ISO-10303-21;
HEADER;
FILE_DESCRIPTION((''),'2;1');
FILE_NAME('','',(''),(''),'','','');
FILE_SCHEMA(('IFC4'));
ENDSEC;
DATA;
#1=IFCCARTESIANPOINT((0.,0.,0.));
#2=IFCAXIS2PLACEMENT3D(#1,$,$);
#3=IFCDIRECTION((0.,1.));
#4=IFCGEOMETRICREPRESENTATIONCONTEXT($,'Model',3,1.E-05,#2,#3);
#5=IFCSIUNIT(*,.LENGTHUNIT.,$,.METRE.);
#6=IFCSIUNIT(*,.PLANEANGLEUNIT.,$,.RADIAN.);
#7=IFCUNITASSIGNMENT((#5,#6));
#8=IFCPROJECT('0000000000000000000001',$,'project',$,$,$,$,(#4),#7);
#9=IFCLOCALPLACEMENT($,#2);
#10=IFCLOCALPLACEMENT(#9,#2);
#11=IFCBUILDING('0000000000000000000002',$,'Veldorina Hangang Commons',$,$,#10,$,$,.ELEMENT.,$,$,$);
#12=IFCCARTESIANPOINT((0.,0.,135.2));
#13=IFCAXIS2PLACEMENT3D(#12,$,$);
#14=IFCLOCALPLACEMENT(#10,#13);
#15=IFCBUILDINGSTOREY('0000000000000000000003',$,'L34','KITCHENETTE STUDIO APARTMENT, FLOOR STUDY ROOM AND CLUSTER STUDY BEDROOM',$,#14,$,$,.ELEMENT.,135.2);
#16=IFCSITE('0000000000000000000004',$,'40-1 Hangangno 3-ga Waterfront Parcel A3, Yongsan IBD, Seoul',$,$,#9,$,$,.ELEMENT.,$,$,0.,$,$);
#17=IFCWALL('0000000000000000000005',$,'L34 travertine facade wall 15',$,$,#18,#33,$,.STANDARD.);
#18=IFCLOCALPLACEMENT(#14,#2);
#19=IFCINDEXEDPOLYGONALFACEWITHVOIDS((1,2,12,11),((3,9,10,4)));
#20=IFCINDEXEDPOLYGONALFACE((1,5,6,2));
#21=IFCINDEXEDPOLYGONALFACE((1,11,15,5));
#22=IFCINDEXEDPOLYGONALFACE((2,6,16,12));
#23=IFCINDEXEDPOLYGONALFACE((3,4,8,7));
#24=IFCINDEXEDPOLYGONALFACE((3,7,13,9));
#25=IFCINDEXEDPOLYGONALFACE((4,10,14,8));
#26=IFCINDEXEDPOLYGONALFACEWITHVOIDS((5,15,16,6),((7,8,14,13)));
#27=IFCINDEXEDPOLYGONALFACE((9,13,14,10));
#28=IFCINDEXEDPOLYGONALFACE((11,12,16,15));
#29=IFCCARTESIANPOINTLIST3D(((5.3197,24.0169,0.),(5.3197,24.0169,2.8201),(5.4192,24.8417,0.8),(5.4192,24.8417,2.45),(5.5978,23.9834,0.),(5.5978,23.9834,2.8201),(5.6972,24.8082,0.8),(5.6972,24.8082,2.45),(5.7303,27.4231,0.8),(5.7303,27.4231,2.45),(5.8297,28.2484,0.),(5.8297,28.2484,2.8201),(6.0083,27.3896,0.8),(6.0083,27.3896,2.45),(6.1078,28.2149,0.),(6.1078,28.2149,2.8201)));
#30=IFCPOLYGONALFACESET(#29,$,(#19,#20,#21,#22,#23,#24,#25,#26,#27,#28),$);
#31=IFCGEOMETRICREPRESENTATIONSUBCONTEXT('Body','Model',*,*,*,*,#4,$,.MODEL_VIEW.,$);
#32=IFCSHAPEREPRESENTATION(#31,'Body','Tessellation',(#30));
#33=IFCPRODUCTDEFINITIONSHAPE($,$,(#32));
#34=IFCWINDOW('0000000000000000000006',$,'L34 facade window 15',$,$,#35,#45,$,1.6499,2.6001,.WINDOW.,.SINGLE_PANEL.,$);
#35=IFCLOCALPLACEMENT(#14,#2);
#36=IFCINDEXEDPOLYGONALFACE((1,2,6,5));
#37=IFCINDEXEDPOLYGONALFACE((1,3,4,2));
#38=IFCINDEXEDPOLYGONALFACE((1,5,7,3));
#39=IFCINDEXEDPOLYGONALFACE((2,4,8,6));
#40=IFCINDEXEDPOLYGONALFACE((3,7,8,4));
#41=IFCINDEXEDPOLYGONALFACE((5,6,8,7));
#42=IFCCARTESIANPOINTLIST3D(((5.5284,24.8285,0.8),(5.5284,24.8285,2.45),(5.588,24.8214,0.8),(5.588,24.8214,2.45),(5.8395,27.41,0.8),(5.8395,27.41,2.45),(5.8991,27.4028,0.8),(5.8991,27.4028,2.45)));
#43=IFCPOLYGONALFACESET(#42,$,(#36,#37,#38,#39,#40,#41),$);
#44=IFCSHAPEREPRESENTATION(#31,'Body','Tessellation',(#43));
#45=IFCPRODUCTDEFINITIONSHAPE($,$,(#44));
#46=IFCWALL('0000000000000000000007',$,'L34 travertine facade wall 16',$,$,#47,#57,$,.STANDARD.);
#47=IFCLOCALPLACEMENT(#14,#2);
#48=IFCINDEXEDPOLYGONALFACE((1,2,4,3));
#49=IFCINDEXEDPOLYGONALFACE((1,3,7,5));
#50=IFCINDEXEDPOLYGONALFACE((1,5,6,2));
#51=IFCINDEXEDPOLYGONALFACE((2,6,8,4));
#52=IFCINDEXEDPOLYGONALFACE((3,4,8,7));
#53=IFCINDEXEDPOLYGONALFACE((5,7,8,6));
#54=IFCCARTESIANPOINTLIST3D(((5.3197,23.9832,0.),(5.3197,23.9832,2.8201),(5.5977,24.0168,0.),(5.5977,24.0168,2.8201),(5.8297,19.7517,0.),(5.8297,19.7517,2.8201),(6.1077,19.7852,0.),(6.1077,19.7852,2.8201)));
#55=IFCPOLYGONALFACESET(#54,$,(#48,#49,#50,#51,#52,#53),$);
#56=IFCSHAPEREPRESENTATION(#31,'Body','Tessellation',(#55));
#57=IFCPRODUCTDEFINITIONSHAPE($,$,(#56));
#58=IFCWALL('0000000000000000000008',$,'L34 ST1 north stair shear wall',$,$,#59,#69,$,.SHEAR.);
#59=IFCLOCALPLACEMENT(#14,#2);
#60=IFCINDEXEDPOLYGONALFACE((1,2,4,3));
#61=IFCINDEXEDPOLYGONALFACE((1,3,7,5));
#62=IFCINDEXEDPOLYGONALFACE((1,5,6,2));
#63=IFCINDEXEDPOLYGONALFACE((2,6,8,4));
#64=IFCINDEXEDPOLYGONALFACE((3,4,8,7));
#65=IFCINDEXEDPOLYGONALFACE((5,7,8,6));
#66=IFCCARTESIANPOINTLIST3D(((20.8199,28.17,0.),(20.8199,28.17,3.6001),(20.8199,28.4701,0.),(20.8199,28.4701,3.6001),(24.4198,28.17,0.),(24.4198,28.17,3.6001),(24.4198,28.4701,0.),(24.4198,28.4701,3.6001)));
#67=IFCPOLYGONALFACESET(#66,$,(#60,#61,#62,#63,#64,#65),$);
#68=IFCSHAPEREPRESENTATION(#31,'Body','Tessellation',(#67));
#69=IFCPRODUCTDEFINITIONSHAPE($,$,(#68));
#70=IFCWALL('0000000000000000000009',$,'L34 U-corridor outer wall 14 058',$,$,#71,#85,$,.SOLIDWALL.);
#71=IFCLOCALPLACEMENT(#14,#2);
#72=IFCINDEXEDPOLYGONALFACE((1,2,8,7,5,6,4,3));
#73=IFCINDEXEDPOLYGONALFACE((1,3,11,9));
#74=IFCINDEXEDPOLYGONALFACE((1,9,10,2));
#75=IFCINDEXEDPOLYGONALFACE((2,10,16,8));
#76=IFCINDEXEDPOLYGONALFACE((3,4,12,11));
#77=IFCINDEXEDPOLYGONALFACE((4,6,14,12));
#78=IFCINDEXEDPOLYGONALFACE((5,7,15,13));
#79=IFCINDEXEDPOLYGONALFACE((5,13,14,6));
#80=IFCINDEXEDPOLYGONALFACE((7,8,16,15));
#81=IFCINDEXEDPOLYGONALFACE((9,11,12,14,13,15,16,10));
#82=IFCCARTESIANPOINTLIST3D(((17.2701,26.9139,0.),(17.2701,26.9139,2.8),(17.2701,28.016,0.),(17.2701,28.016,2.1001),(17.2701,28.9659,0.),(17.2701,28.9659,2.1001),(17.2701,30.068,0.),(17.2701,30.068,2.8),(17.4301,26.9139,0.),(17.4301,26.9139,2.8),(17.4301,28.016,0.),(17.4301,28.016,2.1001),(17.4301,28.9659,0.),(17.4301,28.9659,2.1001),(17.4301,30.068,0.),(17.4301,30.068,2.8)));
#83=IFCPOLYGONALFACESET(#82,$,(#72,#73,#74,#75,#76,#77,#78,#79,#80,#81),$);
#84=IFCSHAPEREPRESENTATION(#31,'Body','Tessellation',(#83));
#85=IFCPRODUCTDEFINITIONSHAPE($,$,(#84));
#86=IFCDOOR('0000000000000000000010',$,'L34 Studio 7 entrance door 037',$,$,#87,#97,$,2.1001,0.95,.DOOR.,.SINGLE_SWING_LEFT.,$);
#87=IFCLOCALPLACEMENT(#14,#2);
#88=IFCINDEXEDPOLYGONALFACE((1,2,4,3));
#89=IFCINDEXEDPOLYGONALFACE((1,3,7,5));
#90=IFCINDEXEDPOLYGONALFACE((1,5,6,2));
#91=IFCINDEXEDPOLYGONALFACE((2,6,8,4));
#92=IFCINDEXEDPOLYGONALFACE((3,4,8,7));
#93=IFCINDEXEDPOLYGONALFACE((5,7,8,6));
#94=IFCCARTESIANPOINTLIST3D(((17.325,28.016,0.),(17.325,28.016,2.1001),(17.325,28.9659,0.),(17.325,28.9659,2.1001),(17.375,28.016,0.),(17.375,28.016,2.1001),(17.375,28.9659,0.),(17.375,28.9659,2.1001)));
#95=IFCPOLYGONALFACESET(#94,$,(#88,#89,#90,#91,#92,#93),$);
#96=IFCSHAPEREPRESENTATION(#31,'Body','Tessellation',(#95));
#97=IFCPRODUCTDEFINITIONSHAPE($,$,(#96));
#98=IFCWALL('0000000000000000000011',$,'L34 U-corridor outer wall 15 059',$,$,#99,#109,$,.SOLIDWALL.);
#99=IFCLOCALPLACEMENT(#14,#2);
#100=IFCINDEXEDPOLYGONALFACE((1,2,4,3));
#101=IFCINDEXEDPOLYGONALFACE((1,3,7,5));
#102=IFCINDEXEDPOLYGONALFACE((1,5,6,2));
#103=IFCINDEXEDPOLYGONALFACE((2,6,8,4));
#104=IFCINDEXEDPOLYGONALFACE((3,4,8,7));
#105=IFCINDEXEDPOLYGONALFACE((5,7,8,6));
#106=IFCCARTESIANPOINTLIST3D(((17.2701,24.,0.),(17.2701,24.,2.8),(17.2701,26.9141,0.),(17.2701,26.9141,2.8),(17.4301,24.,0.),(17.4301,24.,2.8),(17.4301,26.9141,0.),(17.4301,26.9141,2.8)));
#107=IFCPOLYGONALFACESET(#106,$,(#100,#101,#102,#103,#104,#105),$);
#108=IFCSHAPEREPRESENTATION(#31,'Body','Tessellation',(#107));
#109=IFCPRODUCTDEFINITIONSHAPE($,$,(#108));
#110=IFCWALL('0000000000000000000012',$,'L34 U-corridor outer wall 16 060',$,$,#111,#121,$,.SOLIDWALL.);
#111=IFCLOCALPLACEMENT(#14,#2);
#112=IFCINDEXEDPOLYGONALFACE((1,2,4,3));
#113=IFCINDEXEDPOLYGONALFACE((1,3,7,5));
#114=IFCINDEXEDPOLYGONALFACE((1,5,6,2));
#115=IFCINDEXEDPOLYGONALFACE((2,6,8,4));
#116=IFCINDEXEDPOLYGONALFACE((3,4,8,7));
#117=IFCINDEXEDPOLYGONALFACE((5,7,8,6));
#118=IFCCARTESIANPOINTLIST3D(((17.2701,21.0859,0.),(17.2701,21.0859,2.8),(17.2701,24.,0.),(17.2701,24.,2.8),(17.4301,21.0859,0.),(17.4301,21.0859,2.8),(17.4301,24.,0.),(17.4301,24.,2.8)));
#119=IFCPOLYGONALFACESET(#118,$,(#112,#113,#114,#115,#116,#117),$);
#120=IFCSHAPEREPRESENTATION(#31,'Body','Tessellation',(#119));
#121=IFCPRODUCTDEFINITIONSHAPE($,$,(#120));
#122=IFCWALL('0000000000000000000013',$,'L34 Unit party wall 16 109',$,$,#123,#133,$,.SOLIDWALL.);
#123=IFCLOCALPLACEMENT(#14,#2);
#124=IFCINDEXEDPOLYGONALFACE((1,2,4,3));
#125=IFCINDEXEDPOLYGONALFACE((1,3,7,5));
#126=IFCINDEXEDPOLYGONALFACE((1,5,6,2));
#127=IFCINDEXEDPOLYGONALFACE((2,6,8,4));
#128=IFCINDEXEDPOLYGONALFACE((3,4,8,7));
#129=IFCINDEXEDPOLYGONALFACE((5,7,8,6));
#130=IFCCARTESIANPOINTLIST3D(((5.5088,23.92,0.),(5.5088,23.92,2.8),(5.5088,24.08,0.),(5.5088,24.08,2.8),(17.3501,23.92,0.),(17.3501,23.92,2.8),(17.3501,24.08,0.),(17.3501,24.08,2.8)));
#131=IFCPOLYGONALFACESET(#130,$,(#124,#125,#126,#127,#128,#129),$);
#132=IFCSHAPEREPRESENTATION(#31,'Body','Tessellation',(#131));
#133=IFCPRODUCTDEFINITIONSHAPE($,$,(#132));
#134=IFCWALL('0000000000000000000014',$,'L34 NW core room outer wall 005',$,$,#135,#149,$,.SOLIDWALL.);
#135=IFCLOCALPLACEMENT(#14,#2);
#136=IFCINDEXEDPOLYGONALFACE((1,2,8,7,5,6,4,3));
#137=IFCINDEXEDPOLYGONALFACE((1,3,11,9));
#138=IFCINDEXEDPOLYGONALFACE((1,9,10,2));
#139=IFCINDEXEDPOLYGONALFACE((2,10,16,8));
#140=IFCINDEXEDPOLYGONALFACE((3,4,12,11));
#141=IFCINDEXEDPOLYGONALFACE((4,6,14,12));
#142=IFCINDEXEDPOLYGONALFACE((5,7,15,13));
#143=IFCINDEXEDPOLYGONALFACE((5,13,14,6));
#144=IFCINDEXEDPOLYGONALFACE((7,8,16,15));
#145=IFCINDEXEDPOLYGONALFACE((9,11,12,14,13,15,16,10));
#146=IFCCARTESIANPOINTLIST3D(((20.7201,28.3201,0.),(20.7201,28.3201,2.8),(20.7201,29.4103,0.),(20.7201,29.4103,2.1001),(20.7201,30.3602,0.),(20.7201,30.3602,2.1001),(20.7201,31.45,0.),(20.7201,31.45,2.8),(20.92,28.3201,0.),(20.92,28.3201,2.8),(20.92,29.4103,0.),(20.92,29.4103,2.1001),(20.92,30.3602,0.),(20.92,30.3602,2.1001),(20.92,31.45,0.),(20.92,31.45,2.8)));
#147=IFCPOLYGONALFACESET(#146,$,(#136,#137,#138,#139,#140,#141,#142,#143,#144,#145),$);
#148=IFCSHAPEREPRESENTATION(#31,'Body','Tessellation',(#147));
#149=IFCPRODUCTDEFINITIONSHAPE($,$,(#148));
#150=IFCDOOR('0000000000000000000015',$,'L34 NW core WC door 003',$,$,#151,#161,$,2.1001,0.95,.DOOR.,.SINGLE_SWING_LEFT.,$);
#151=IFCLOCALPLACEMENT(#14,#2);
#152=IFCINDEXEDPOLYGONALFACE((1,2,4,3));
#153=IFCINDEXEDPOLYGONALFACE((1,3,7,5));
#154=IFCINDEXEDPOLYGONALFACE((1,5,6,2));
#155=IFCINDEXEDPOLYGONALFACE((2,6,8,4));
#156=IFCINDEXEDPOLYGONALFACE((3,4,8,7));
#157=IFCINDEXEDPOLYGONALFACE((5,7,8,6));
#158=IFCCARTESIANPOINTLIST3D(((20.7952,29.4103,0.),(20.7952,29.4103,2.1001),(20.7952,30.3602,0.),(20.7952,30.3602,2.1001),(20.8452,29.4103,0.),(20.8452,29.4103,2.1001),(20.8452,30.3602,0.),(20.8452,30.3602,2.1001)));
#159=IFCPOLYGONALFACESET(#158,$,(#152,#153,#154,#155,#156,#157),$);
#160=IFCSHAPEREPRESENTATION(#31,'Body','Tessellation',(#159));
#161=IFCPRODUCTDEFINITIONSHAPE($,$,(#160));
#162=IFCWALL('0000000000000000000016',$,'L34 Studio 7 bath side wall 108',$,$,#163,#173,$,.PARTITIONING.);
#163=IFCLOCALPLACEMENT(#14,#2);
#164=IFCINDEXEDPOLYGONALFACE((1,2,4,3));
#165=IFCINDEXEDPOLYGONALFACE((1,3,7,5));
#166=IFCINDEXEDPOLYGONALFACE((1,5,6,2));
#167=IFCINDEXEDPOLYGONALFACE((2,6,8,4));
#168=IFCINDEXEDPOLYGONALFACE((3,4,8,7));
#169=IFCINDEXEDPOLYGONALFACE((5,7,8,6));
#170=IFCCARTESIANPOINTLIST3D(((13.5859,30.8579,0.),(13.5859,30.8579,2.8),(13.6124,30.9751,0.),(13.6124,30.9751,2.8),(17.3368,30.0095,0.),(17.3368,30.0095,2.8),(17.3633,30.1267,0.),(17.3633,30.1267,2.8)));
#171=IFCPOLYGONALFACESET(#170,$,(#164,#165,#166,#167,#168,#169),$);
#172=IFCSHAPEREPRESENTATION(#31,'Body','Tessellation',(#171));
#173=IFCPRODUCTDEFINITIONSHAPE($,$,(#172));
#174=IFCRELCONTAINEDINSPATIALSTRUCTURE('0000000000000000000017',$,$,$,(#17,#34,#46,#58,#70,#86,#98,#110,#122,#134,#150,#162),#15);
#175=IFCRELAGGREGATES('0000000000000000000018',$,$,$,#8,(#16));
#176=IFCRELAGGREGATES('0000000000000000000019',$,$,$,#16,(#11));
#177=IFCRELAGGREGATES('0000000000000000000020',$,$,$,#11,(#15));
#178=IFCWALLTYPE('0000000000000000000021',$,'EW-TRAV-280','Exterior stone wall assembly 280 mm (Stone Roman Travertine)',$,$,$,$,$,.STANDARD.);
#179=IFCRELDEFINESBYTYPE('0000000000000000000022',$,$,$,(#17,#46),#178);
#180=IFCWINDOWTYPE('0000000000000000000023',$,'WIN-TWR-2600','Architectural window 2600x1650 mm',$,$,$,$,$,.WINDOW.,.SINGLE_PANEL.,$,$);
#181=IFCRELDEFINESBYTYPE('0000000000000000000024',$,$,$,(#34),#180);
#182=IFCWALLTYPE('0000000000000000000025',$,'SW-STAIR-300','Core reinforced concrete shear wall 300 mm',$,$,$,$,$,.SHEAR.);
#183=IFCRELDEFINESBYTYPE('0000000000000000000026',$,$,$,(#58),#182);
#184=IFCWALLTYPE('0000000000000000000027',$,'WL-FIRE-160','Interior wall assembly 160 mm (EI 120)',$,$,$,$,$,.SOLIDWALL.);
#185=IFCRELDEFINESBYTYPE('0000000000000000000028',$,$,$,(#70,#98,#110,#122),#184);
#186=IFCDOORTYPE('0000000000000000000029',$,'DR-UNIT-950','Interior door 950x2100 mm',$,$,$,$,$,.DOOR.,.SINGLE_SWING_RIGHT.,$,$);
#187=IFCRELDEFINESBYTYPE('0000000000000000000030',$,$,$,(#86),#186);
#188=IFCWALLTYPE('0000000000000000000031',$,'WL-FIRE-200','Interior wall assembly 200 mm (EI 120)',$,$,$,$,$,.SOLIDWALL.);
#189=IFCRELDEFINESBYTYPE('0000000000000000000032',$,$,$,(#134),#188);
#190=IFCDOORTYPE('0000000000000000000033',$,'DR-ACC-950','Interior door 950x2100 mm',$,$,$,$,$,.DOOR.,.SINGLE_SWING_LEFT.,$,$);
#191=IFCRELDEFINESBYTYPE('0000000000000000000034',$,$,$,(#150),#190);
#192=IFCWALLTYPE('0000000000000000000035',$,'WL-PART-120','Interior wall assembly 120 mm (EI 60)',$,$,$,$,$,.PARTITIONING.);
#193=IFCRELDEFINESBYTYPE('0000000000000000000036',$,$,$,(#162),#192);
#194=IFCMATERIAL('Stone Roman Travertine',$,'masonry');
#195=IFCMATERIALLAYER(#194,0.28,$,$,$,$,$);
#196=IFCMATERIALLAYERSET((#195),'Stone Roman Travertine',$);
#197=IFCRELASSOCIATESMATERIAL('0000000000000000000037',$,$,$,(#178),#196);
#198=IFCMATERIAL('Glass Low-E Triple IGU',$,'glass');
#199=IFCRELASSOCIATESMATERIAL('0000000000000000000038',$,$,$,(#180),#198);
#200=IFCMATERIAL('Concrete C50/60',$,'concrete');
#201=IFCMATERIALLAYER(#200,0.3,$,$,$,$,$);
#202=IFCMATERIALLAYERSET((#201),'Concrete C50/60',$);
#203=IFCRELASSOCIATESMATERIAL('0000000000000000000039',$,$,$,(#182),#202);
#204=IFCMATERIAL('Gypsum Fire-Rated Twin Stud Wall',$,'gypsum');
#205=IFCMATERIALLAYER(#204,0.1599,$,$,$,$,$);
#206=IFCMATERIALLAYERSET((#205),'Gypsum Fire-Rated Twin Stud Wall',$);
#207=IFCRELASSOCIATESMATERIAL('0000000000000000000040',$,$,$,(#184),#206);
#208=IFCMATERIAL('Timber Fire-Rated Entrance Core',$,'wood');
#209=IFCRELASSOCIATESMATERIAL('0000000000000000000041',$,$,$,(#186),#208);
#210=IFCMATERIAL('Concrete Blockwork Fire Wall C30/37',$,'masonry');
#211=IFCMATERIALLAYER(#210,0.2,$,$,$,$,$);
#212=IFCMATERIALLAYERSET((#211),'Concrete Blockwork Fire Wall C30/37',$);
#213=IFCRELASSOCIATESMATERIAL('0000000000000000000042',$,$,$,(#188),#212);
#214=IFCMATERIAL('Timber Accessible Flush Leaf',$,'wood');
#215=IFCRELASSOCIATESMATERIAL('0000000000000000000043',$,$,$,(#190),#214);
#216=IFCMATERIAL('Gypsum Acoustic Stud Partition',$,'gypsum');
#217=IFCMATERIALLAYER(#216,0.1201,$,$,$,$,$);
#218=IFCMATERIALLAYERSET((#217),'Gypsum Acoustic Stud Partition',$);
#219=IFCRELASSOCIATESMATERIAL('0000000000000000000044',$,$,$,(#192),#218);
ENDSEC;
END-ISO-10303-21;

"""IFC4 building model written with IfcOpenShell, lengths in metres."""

from ifc_helpers import new_model, si_unit, direction, frame, frame_2d, origin, place, context, subcontext, project, spatial, rectangle, extrude, material, layer, layer_set, type_object, element, fill, save


model = new_model("IFC4")

# Units and contexts
model_context = context("Model", 3, precision=1e-05, world=origin(), true_north=direction((0.0, 1.0)))
body_context = subcontext(model_context, "Body", "Model", "MODEL_VIEW")
ifc_project = project(units=[si_unit("LENGTHUNIT", "METRE"), si_unit("PLANEANGLEUNIT", "RADIAN")], contexts=[model_context])

# Site, building, storey
site_placement = place(None, origin())
site = spatial("IfcSite", under=ifc_project, at=site_placement, Name="40-1 Hangangno 3-ga Waterfront Parcel A3, Yongsan IBD, Seoul", CompositionType="ELEMENT", RefElevation=0.0)
building_placement = place(site_placement, origin())
building = spatial("IfcBuilding", under=site, at=building_placement, Name="Veldorina Hangang Commons", CompositionType="ELEMENT")
storey_placement = place(building_placement, frame((0.0, 0.0, 135.2)))
storey = spatial("IfcBuildingStorey", under=building, at=storey_placement, Name="L34", Description="KITCHENETTE STUDIO APARTMENT, FLOOR STUDY ROOM AND CLUSTER STUDY BEDROOM", CompositionType="ELEMENT", Elevation=135.2)

# Shared definitions
ifc_material_1 = material(Name="Stone Roman Travertine", Category="masonry")
ifc_layer_1 = layer(ifc_material_1, 0.28)
ifc_layer_set_1 = layer_set([ifc_layer_1], Name="Stone Roman Travertine")
wall_type_1 = type_object("IfcWallType", Name="EW-TRAV-280", Description="Exterior stone wall assembly 280 mm (Stone Roman Travertine)", PredefinedType="STANDARD", material=ifc_layer_set_1)

# Wall, opening, window
wall_1_placement = place(storey_placement, frame((5.9688, 28.2317, 0.0), z_axis=(0.0, 0.0, 1.0), x_axis=(-0.119656, -0.992815, 0.0)))
wall_1 = element("IfcWall", 1, at=wall_1_placement, inside=storey, type_object=wall_type_1, Name="L34 travertine facade wall 15", PredefinedType="STANDARD", context=body_context, shape_type="SweptSolid", body=[
    extrude(rectangle(XDim=4.2622, YDim=0.28, at=frame_2d((2.1311, 0.0))), origin(), (0.0, 0.0, 1.0), 2.8201),
])
opening_1_placement = place(wall_1_placement, frame((0.8313, 0.0, 0.8)))
opening_1 = element("IfcOpeningElement", 2, at=opening_1_placement, cuts=wall_1, PredefinedType="OPENING", context=body_context, shape_type="SweptSolid", body=[
    extrude(rectangle(XDim=2.6001, YDim=1.6499, at=frame_2d((1.3, 0.825))), frame((0.0, 0.1499, 0.0), z_axis=(0.0, -1.0, 0.0), x_axis=(1.0, 0.0, 0.0)), (0.0, 0.0, 1.0), 0.3),
])
ifc_material_2 = material(Name="Glass Low-E Triple IGU", Category="glass")
window_type = type_object("IfcWindowType", Name="WIN-TWR-2600", Description="Architectural window 2600x1650 mm", PartitioningType="SINGLE_PANEL", PredefinedType="WINDOW", material=ifc_material_2)
window_placement = place(opening_1_placement, origin())
window = element("IfcWindow", 3, at=window_placement, inside=storey, type_object=window_type, Name="L34 facade window 15", OverallHeight=1.6499, OverallWidth=2.6001, PartitioningType="SINGLE_PANEL", PredefinedType="WINDOW", context=body_context, shape_type="SweptSolid", body=[
    extrude(rectangle(XDim=2.6001, YDim=1.6499, at=frame_2d((1.3, 0.825))), frame((0.0, 0.03, 0.0), z_axis=(0.0, -1.0, 0.0), x_axis=(1.0, 0.0, 0.0)), (0.0, 0.0, 1.0), 0.0601),
])
fill(opening_1, window)

# Walls
wall_2_placement = place(storey_placement, frame((5.4587, 24.0, 0.0), z_axis=(0.0, 0.0, 1.0), x_axis=(0.119656, -0.992815, 0.0)))
element("IfcWall", 4, at=wall_2_placement, inside=storey, type_object=wall_type_1, Name="L34 travertine facade wall 16", PredefinedType="STANDARD", context=body_context, shape_type="SweptSolid", body=[
    extrude(rectangle(XDim=4.2622, YDim=0.28, at=frame_2d((2.1311, 0.0))), origin(), (0.0, 0.0, 1.0), 2.8201),
])
ifc_material_3 = material(Name="Concrete C50/60", Category="concrete")
ifc_layer_2 = layer(ifc_material_3, 0.3)
ifc_layer_set_2 = layer_set([ifc_layer_2], Name="Concrete C50/60")
wall_type_2 = type_object("IfcWallType", Name="SW-STAIR-300", Description="Core reinforced concrete shear wall 300 mm", PredefinedType="SHEAR", material=ifc_layer_set_2)
wall_3_placement = place(storey_placement, frame((20.8201, 28.3201, 0.0), z_axis=(0.0, 0.0, 1.0), x_axis=(1.0, 0.0, 0.0)))
element("IfcWall", 5, at=wall_3_placement, inside=storey, type_object=wall_type_2, Name="L34 ST1 north stair shear wall", PredefinedType="SHEAR", context=body_context, shape_type="SweptSolid", body=[
    extrude(rectangle(XDim=3.5999, YDim=0.3, at=frame_2d((1.7998, 0.0))), origin(), (0.0, 0.0, 1.0), 3.6001),
])

# Wall, opening, door
ifc_material_4 = material(Name="Gypsum Fire-Rated Twin Stud Wall", Category="gypsum")
ifc_layer_3 = layer(ifc_material_4, 0.1599)
ifc_layer_set_3 = layer_set([ifc_layer_3], Name="Gypsum Fire-Rated Twin Stud Wall")
wall_type_3 = type_object("IfcWallType", Name="WL-FIRE-160", Description="Interior wall assembly 160 mm (EI 120)", PredefinedType="SOLIDWALL", material=ifc_layer_set_3)
wall_4_placement = place(storey_placement, frame((17.3501, 30.0681, 0.0), z_axis=(0.0, 0.0, 1.0), x_axis=(0.0, -1.0, 0.0)))
wall_4 = element("IfcWall", 6, at=wall_4_placement, inside=storey, type_object=wall_type_3, Name="L34 U-corridor outer wall 14 058", PredefinedType="SOLIDWALL", context=body_context, shape_type="SweptSolid", body=[
    extrude(rectangle(XDim=3.1541, YDim=0.1599, at=frame_2d((1.5771, 0.0))), origin(), (0.0, 0.0, 1.0), 2.8),
])
opening_2_placement = place(wall_4_placement, frame((1.1021, 0.0, 0.0)))
opening_2 = element("IfcOpeningElement", 7, at=opening_2_placement, cuts=wall_4, PredefinedType="OPENING", context=body_context, shape_type="SweptSolid", body=[
    extrude(rectangle(XDim=0.95, YDim=2.1001, at=frame_2d((0.4751, 1.05))), frame((0.0, 0.0898, 0.0), z_axis=(0.0, -1.0, 0.0), x_axis=(1.0, 0.0, 0.0)), (0.0, 0.0, 1.0), 0.1799),
])
ifc_material_5 = material(Name="Timber Fire-Rated Entrance Core", Category="wood")
door_type_1 = type_object("IfcDoorType", Name="DR-UNIT-950", Description="Interior door 950x2100 mm", OperationType="SINGLE_SWING_RIGHT", PredefinedType="DOOR", material=ifc_material_5)
door_1_placement = place(opening_2_placement, origin())
door_1 = element("IfcDoor", 8, at=door_1_placement, inside=storey, type_object=door_type_1, Name="L34 Studio 7 entrance door 037", OperationType="SINGLE_SWING_LEFT", OverallHeight=2.1001, OverallWidth=0.95, PredefinedType="DOOR", context=body_context, shape_type="SweptSolid", body=[
    extrude(rectangle(XDim=0.95, YDim=2.1001, at=frame_2d((0.4751, 1.05))), frame((0.0, 0.0249, 0.0), z_axis=(0.0, -1.0, 0.0), x_axis=(1.0, 0.0, 0.0)), (0.0, 0.0, 1.0), 0.05),
])
fill(opening_2, door_1)

# Walls
for number, where, z_axis, x_axis, name in (
    (9, (17.3501, 26.9141, 0.0), (0.0, 0.0, 1.0), (0.0, -1.0, 0.0), "L34 U-corridor outer wall 15 059"),
    (10, (17.3501, 24.0, 0.0), (0.0, 0.0, 1.0), (0.0, -1.0, 0.0), "L34 U-corridor outer wall 16 060"),
):
    element("IfcWall", number, at=place(storey_placement, frame(where, z_axis=z_axis, x_axis=x_axis)), inside=storey, type_object=wall_type_3, Name=name, PredefinedType="SOLIDWALL", context=body_context, shape_type="SweptSolid", body=[
        extrude(rectangle(XDim=2.9141, YDim=0.1599, at=frame_2d((1.457, 0.0))), origin(), (0.0, 0.0, 1.0), 2.8),
    ])
wall_5_placement = place(storey_placement, frame((17.3501, 24.0, 0.0), z_axis=(0.0, 0.0, 1.0), x_axis=(-1.0, 0.0, 0.0)))
element("IfcWall", 11, at=wall_5_placement, inside=storey, type_object=wall_type_3, Name="L34 Unit party wall 16 109", PredefinedType="SOLIDWALL", context=body_context, shape_type="SweptSolid", body=[
    extrude(rectangle(XDim=11.8413, YDim=0.1599, at=frame_2d((5.9207, 0.0))), origin(), (0.0, 0.0, 1.0), 2.8),
])

# Wall, opening, door
ifc_material_6 = material(Name="Concrete Blockwork Fire Wall C30/37", Category="masonry")
ifc_layer_4 = layer(ifc_material_6, 0.2)
ifc_layer_set_4 = layer_set([ifc_layer_4], Name="Concrete Blockwork Fire Wall C30/37")
wall_type_4 = type_object("IfcWallType", Name="WL-FIRE-200", Description="Interior wall assembly 200 mm (EI 120)", PredefinedType="SOLIDWALL", material=ifc_layer_set_4)
wall_6_placement = place(storey_placement, frame((20.8201, 28.3201, 0.0), z_axis=(0.0, 0.0, 1.0), x_axis=(0.0, 1.0, 0.0)))
wall_6 = element("IfcWall", 12, at=wall_6_placement, inside=storey, type_object=wall_type_4, Name="L34 NW core room outer wall 005", PredefinedType="SOLIDWALL", context=body_context, shape_type="SweptSolid", body=[
    extrude(rectangle(XDim=3.1299, YDim=0.2, at=frame_2d((1.5649, 0.0))), origin(), (0.0, 0.0, 1.0), 2.8),
])
opening_3_placement = place(wall_6_placement, frame((1.0901, 0.0, 0.0)))
opening_3 = element("IfcOpeningElement", 13, at=opening_3_placement, cuts=wall_6, PredefinedType="OPENING", context=body_context, shape_type="SweptSolid", body=[
    extrude(rectangle(XDim=0.95, YDim=2.1001, at=frame_2d((0.4751, 1.05))), frame((0.0, 0.1099, 0.0), z_axis=(0.0, -1.0, 0.0), x_axis=(1.0, 0.0, 0.0)), (0.0, 0.0, 1.0), 0.22),
])
ifc_material_7 = material(Name="Timber Accessible Flush Leaf", Category="wood")
door_type_2 = type_object("IfcDoorType", Name="DR-ACC-950", Description="Interior door 950x2100 mm", OperationType="SINGLE_SWING_LEFT", PredefinedType="DOOR", material=ifc_material_7)
door_2_placement = place(opening_3_placement, origin())
door_2 = element("IfcDoor", 14, at=door_2_placement, inside=storey, type_object=door_type_2, Name="L34 NW core WC door 003", OperationType="SINGLE_SWING_LEFT", OverallHeight=2.1001, OverallWidth=0.95, PredefinedType="DOOR", context=body_context, shape_type="SweptSolid", body=[
    extrude(rectangle(XDim=0.95, YDim=2.1001, at=frame_2d((0.4751, 1.05))), frame((0.0, 0.0249, 0.0), z_axis=(0.0, -1.0, 0.0), x_axis=(1.0, 0.0, 0.0)), (0.0, 0.0, 1.0), 0.05),
])
fill(opening_3, door_2)

# Wall
ifc_material_8 = material(Name="Gypsum Acoustic Stud Partition", Category="gypsum")
ifc_layer_5 = layer(ifc_material_8, 0.1201)
ifc_layer_set_5 = layer_set([ifc_layer_5], Name="Gypsum Acoustic Stud Partition")
wall_type_5 = type_object("IfcWallType", Name="WL-PART-120", Description="Interior wall assembly 120 mm (EI 60)", PredefinedType="PARTITIONING", material=ifc_layer_set_5)
wall_7_placement = place(storey_placement, frame((17.3501, 30.0681, 0.0), z_axis=(0.0, 0.0, 1.0), x_axis=(-0.975363, 0.220606, 0.0)))
element("IfcWall", 15, at=wall_7_placement, inside=storey, type_object=wall_type_5, Name="L34 Studio 7 bath side wall 108", PredefinedType="PARTITIONING", context=body_context, shape_type="SweptSolid", body=[
    extrude(rectangle(XDim=3.8457, YDim=0.1201, at=frame_2d((1.9229, 0.0))), origin(), (0.0, 0.0, 1.0), 2.8),
])

save(model, "model.ifc")
